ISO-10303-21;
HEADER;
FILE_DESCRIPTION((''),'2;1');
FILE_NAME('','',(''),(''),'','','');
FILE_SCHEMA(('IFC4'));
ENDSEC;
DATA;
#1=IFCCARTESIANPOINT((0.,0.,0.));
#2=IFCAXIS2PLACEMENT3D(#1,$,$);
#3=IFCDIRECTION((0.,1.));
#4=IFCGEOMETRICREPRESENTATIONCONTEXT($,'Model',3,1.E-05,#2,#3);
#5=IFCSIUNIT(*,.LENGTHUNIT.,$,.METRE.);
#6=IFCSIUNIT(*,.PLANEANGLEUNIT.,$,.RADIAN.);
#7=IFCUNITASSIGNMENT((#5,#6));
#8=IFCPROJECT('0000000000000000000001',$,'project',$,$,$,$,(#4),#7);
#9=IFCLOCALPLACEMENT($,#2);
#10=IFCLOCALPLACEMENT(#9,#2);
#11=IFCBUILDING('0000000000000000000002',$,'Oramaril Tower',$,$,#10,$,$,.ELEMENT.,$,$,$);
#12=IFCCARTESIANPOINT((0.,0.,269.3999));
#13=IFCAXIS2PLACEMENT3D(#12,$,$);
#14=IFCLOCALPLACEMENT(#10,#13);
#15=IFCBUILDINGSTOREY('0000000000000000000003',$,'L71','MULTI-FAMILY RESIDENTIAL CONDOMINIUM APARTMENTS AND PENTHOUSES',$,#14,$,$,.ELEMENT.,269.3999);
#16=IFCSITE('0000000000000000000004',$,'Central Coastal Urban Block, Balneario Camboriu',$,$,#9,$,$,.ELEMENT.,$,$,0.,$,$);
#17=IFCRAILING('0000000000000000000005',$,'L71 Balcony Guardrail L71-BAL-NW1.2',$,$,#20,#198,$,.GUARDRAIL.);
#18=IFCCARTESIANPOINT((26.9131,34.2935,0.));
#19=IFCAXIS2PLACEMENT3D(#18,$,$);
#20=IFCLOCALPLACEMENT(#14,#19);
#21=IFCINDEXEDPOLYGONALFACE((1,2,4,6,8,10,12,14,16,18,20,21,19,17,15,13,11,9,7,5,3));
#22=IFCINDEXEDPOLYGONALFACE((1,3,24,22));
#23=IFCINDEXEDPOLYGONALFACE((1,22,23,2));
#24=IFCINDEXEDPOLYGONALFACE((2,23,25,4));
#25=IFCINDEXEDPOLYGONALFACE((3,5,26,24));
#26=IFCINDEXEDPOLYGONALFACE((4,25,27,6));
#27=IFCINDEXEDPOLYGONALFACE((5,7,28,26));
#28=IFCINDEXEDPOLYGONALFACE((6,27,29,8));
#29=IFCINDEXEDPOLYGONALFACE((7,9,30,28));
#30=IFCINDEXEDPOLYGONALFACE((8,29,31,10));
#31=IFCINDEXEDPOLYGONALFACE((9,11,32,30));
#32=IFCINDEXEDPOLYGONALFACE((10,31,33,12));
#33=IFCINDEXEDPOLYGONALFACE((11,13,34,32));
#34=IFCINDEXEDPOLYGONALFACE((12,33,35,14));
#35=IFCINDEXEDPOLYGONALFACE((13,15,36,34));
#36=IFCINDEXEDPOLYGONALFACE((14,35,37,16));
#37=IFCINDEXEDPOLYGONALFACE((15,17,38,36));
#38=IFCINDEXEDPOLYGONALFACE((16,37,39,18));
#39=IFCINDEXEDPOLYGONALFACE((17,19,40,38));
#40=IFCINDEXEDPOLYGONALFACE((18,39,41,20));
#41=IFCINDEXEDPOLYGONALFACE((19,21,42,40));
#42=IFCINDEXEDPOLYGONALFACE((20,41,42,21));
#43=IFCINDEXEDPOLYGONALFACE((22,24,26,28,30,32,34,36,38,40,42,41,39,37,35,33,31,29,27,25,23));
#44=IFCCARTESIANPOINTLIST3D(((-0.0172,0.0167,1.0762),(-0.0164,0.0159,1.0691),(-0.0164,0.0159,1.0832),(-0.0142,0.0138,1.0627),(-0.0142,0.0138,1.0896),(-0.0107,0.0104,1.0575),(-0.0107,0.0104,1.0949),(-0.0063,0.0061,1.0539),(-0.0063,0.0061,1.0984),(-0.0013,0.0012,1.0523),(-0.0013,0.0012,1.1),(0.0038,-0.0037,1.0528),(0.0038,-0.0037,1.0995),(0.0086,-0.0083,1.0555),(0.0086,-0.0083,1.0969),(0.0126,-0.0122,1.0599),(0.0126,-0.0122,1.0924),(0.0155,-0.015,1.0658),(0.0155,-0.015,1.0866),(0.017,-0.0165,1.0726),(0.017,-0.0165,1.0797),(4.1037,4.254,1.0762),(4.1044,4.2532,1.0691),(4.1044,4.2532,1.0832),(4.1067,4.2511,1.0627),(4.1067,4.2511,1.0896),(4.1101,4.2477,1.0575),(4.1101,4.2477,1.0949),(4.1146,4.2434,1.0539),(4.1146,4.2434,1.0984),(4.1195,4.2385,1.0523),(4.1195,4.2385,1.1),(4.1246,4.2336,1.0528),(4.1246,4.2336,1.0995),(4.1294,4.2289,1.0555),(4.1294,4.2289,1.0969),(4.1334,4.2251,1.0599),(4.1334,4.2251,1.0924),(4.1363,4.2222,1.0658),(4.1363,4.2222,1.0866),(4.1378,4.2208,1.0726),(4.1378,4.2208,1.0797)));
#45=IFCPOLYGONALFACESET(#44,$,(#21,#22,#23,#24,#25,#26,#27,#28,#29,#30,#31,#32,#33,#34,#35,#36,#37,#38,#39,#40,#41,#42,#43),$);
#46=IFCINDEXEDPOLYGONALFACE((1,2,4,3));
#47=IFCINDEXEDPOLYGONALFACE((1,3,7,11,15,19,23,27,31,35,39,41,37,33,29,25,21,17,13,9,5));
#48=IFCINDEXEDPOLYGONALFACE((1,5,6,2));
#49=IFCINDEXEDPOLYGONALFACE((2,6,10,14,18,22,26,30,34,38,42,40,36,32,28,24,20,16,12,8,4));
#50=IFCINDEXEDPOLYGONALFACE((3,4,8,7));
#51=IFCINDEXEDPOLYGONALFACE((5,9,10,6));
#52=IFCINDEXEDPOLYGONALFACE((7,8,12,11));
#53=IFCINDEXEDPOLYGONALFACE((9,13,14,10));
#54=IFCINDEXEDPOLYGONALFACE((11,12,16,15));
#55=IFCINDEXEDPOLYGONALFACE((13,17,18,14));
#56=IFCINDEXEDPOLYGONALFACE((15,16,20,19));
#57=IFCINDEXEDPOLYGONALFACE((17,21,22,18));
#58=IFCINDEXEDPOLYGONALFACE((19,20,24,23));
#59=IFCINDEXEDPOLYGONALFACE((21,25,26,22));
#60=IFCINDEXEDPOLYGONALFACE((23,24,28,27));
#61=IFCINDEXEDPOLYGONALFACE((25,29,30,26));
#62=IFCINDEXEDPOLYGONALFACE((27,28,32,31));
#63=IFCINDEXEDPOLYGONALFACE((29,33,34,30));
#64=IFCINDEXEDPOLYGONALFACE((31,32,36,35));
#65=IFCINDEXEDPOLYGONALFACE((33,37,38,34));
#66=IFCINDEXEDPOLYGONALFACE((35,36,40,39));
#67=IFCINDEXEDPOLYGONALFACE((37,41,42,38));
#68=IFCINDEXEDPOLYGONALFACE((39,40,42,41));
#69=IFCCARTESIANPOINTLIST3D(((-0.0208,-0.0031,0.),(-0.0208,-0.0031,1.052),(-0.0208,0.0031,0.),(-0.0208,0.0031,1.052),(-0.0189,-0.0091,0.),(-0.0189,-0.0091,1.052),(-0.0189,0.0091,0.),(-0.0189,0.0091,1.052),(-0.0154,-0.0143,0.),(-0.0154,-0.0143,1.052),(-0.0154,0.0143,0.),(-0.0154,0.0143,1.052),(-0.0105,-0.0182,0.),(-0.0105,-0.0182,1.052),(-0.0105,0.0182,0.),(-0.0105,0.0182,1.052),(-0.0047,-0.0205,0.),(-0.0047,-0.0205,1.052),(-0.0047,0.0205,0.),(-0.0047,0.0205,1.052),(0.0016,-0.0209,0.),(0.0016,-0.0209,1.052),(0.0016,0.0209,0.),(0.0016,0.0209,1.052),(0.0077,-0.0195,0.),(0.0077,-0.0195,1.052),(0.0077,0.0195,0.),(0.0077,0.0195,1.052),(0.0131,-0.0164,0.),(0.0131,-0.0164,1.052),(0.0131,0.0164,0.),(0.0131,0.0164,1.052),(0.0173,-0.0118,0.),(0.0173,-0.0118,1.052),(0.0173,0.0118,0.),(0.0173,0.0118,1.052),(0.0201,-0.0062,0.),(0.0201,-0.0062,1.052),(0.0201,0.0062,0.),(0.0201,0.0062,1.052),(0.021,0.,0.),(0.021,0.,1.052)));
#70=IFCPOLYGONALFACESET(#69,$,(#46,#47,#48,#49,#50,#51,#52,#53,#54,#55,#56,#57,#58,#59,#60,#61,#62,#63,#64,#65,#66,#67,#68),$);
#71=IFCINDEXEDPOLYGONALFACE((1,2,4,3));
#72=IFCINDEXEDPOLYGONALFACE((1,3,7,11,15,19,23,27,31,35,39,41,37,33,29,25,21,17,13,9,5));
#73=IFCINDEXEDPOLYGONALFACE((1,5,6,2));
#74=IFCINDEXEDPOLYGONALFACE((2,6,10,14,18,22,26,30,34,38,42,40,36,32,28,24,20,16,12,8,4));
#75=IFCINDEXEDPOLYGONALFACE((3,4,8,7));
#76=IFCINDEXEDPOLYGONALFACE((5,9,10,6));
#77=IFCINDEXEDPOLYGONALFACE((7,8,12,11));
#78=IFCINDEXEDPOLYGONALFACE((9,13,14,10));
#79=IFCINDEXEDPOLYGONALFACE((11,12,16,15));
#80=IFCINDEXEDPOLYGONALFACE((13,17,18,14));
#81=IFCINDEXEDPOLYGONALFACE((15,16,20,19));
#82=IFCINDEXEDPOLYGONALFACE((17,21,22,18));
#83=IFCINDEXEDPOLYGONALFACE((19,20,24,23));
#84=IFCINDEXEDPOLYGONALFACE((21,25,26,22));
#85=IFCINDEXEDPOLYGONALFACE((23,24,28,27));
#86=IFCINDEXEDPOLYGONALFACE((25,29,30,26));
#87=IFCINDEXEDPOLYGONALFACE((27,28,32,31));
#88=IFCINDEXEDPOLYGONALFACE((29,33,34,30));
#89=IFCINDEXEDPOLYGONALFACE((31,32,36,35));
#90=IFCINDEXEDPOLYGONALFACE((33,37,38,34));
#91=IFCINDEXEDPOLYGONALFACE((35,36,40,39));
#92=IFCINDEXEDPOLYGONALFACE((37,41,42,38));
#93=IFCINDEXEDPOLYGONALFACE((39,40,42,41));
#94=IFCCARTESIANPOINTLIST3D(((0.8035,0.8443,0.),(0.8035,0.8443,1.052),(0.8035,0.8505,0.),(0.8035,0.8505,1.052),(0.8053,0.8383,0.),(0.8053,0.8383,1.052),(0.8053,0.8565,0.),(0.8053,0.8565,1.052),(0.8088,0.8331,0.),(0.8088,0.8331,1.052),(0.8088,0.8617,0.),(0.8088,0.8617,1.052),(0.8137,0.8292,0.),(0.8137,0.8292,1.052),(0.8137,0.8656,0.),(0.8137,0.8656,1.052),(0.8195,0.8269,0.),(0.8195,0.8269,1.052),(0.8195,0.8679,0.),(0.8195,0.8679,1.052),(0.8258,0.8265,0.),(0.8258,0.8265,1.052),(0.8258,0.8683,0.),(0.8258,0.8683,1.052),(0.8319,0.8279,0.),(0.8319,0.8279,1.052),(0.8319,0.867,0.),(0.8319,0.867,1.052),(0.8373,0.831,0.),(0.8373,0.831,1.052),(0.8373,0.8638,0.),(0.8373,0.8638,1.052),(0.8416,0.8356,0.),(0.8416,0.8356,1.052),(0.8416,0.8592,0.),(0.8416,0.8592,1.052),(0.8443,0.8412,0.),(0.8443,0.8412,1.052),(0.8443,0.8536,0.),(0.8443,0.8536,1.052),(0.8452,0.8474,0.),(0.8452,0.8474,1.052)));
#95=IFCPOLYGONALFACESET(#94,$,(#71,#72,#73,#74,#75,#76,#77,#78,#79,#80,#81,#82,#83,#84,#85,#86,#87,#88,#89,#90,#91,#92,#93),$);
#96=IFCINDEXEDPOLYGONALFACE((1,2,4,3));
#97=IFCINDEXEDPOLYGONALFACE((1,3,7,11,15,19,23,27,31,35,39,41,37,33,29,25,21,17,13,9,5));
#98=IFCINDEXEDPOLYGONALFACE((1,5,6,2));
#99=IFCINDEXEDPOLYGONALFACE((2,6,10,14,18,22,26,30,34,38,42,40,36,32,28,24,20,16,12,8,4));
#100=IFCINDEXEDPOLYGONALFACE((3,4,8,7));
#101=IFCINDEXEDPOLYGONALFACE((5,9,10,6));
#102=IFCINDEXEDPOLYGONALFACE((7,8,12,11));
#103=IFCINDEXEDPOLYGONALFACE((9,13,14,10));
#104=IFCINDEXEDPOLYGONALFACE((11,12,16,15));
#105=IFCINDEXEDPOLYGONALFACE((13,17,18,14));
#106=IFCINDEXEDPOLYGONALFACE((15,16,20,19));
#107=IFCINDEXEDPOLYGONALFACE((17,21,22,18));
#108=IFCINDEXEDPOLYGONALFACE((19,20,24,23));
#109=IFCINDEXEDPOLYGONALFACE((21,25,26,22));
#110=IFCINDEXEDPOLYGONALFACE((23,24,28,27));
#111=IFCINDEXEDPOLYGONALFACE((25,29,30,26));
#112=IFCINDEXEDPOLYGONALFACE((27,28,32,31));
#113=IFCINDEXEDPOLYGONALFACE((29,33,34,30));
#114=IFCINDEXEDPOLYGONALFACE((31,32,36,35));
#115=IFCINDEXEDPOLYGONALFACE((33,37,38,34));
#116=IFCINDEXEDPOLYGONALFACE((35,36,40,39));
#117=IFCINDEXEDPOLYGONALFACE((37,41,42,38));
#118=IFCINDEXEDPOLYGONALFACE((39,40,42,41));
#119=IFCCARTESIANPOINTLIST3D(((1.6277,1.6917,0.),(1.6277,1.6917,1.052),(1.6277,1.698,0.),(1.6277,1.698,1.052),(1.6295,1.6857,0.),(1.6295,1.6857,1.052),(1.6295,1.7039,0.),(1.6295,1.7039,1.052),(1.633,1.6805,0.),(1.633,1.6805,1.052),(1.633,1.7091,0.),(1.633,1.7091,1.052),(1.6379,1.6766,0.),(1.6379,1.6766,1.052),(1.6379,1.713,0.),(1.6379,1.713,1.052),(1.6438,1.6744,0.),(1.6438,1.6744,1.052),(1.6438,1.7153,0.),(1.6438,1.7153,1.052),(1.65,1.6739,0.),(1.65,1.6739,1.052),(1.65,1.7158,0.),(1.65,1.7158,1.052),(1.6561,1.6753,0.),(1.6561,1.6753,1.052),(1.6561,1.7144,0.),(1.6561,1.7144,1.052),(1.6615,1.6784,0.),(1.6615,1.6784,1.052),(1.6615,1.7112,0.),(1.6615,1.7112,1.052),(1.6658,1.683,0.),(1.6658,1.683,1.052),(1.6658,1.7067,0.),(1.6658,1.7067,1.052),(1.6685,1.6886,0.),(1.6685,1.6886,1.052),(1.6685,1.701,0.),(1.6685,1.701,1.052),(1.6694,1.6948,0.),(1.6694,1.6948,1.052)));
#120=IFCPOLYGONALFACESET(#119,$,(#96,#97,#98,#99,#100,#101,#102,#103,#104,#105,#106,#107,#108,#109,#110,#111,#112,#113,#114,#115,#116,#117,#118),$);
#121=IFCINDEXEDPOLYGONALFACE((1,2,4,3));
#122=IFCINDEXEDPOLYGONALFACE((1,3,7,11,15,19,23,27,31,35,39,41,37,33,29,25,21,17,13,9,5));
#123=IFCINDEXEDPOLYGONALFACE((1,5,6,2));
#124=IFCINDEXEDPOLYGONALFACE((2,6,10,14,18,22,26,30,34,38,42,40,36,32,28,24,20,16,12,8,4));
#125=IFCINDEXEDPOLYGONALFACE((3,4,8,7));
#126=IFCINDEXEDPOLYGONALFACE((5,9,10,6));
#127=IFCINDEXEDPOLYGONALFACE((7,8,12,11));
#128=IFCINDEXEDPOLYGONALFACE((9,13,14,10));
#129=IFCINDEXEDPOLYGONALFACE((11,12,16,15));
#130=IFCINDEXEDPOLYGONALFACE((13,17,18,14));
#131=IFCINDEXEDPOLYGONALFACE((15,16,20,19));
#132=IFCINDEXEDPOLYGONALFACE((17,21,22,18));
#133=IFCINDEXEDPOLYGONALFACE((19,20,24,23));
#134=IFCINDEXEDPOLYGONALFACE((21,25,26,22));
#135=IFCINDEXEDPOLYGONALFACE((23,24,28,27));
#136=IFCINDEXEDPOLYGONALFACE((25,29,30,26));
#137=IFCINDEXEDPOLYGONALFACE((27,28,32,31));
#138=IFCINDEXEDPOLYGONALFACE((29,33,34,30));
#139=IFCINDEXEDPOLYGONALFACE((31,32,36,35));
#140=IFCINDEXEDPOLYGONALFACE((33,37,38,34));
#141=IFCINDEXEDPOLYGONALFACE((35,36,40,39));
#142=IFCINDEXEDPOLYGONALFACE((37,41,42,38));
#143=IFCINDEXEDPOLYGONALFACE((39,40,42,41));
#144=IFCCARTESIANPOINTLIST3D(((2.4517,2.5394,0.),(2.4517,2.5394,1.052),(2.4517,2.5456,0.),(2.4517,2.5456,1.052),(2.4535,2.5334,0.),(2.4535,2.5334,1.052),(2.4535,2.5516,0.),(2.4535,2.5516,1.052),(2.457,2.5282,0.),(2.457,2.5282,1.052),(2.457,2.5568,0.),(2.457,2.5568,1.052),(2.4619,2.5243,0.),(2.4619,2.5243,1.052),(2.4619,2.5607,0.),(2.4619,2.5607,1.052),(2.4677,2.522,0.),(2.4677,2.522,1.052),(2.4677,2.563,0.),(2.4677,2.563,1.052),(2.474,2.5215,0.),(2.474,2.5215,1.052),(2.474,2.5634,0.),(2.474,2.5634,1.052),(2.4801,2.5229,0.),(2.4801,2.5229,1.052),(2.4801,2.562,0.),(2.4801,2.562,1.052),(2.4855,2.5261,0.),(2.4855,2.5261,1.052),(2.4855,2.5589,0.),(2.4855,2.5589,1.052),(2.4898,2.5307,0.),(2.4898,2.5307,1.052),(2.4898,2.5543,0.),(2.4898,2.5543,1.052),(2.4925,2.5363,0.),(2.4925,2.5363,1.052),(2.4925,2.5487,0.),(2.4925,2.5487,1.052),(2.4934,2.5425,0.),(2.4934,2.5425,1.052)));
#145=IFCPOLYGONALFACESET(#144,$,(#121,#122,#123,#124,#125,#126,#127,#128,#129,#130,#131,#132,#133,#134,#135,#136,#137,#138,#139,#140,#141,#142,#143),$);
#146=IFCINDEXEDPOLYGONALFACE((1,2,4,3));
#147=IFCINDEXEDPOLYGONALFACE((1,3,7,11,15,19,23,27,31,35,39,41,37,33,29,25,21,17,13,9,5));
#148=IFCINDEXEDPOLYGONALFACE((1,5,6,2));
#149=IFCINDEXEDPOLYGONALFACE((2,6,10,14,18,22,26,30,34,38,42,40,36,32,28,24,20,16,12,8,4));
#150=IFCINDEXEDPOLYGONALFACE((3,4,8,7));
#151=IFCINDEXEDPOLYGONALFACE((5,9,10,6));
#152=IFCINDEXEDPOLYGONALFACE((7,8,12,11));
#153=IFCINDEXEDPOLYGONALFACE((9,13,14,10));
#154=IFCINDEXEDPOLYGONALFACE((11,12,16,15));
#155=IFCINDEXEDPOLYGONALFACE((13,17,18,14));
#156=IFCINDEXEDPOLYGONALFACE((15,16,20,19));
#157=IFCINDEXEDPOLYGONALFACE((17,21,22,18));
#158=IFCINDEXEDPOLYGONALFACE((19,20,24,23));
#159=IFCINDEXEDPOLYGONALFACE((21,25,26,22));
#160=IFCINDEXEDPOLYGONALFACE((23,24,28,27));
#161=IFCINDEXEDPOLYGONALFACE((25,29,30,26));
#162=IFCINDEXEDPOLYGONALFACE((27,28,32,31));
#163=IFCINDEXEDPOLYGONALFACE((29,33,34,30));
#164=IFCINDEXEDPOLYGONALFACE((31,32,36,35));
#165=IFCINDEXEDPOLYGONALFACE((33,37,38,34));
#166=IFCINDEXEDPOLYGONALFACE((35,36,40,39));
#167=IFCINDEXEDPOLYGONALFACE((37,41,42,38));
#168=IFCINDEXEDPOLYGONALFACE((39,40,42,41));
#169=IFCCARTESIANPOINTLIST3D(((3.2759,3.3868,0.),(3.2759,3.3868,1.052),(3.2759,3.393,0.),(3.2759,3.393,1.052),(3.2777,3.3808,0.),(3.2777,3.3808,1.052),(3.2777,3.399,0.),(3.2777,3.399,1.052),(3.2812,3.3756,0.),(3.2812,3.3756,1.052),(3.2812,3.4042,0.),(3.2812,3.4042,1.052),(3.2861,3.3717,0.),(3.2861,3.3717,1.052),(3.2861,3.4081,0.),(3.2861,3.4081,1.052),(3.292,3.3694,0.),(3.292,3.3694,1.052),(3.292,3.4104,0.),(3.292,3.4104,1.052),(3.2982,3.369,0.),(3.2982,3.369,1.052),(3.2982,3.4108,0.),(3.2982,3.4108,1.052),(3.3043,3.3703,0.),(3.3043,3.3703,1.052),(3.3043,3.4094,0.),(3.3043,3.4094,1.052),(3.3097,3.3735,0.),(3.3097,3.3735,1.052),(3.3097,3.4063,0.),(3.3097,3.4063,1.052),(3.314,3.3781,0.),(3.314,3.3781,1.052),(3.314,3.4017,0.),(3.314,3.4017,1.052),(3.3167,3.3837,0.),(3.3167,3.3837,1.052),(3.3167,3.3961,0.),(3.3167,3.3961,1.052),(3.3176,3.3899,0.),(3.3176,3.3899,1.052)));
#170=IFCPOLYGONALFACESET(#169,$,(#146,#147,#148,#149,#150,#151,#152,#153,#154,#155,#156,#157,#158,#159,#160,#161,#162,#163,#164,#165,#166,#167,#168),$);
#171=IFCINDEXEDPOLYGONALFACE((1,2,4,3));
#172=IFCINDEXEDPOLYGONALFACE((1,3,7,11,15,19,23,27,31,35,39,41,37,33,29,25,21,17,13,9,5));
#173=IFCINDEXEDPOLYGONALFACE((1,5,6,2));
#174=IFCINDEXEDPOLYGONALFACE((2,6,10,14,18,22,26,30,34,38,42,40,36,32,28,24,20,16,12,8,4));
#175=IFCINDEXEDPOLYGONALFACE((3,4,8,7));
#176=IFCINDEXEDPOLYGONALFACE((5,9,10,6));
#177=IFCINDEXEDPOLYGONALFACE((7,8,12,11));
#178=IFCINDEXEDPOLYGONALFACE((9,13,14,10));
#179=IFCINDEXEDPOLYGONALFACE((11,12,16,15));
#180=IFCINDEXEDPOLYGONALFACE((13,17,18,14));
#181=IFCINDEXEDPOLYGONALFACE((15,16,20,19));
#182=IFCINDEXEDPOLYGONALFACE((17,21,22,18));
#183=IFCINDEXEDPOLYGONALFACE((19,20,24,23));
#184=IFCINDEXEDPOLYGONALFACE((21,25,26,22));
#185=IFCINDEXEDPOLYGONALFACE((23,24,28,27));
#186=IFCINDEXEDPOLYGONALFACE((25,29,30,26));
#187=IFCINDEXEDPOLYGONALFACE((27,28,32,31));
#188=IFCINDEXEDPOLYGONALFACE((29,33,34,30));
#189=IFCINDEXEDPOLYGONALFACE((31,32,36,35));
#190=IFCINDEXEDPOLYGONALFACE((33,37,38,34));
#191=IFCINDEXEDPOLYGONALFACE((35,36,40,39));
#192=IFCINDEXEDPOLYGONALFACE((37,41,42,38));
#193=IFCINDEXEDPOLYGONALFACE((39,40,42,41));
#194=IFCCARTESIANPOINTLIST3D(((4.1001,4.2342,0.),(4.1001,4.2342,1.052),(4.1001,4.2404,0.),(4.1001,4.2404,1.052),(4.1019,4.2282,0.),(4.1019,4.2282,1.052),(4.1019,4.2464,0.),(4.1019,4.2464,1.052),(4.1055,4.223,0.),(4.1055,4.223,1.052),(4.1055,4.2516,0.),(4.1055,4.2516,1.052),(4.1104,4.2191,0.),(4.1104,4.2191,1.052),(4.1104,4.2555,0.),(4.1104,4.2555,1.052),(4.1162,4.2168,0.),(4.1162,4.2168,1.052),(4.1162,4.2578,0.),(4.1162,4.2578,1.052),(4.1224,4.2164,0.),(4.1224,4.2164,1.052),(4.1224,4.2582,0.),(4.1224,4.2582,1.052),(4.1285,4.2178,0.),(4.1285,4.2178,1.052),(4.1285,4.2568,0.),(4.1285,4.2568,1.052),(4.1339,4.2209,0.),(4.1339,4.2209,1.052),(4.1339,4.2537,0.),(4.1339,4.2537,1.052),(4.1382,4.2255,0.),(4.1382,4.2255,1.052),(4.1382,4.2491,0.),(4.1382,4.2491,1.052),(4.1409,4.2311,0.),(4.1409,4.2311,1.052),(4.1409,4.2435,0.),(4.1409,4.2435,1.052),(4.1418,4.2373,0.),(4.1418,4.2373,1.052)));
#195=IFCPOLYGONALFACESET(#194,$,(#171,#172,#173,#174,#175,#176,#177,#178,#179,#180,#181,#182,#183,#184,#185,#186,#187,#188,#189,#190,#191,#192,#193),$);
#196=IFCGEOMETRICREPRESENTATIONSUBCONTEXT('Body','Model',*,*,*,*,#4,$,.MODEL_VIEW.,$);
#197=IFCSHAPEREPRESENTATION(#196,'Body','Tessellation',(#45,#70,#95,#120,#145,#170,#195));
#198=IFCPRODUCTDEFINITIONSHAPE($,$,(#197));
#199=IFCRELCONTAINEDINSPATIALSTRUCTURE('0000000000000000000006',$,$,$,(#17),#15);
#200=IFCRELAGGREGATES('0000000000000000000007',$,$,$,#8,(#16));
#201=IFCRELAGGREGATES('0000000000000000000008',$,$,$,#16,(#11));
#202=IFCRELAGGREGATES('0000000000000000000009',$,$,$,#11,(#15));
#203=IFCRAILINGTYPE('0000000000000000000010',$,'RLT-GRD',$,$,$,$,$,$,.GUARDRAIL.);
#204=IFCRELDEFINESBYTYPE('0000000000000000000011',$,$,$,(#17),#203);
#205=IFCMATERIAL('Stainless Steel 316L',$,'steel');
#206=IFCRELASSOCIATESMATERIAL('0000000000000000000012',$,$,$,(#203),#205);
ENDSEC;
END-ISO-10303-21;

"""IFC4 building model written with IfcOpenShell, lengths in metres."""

from ifc_helpers import new_model, si_unit, direction, frame, origin, origin_2d, place, context, subcontext, project, spatial, circle, extrude, material, type_object, element, save


model = new_model("IFC4")

# Units and contexts
model_context = context("Model", 3, precision=1e-05, world=origin(), true_north=direction((0.0, 1.0)))
body_context = subcontext(model_context, "Body", "Model", "MODEL_VIEW")
ifc_project = project(units=[si_unit("LENGTHUNIT", "METRE"), si_unit("PLANEANGLEUNIT", "RADIAN")], contexts=[model_context])

# Site, building, storey
site_placement = place(None, origin())
site = spatial("IfcSite", under=ifc_project, at=site_placement, Name="Central Coastal Urban Block, Balneario Camboriu", CompositionType="ELEMENT", RefElevation=0.0)
building_placement = place(site_placement, origin())
building = spatial("IfcBuilding", under=site, at=building_placement, Name="Oramaril Tower", CompositionType="ELEMENT")
storey_placement = place(building_placement, frame((0.0, 0.0, 269.3999)))
storey = spatial("IfcBuildingStorey", under=building, at=storey_placement, Name="L71", Description="MULTI-FAMILY RESIDENTIAL CONDOMINIUM APARTMENTS AND PENTHOUSES", CompositionType="ELEMENT", Elevation=269.3999)

# Railing
ifc_material_1 = material(Name="Stainless Steel 316L", Category="steel")
railing_type = type_object("IfcRailingType", Name="RLT-GRD", PredefinedType="GUARDRAIL", material=ifc_material_1)
railing_1_placement = place(storey_placement, frame((26.9131, 34.2935, 0.0)))
element("IfcRailing", 1, at=railing_1_placement, inside=storey, type_object=railing_type, Name="L71 Balcony Guardrail L71-BAL-NW1.2", PredefinedType="GUARDRAIL", context=body_context, shape_type="SweptSolid", body=[
    extrude(circle(Radius=0.0239, at=origin_2d()), frame((0.0, 0.0, 1.0762), z_axis=(0.697187, 0.716889, 0.0), x_axis=(-0.716889, 0.697187, 0.0)), (0.0, 0.0, 1.0), 5.9106),
    extrude(circle(Radius=0.021, at=origin_2d()), origin(), (0.0, 0.0, 1.0), 1.052),
    extrude(circle(Radius=0.021, at=origin_2d()), frame((0.8242, 0.8474, 0.0)), (0.0, 0.0, 1.0), 1.052),
    extrude(circle(Radius=0.021, at=origin_2d()), frame((1.6484, 1.6948, 0.0)), (0.0, 0.0, 1.0), 1.052),
    extrude(circle(Radius=0.021, at=origin_2d()), frame((2.4724, 2.5425, 0.0)), (0.0, 0.0, 1.0), 1.052),
    extrude(circle(Radius=0.021, at=origin_2d()), frame((3.2966, 3.3899, 0.0)), (0.0, 0.0, 1.0), 1.052),
    extrude(circle(Radius=0.021, at=origin_2d()), frame((4.1208, 4.2373, 0.0)), (0.0, 0.0, 1.0), 1.052),
])

save(model, "model.ifc")
